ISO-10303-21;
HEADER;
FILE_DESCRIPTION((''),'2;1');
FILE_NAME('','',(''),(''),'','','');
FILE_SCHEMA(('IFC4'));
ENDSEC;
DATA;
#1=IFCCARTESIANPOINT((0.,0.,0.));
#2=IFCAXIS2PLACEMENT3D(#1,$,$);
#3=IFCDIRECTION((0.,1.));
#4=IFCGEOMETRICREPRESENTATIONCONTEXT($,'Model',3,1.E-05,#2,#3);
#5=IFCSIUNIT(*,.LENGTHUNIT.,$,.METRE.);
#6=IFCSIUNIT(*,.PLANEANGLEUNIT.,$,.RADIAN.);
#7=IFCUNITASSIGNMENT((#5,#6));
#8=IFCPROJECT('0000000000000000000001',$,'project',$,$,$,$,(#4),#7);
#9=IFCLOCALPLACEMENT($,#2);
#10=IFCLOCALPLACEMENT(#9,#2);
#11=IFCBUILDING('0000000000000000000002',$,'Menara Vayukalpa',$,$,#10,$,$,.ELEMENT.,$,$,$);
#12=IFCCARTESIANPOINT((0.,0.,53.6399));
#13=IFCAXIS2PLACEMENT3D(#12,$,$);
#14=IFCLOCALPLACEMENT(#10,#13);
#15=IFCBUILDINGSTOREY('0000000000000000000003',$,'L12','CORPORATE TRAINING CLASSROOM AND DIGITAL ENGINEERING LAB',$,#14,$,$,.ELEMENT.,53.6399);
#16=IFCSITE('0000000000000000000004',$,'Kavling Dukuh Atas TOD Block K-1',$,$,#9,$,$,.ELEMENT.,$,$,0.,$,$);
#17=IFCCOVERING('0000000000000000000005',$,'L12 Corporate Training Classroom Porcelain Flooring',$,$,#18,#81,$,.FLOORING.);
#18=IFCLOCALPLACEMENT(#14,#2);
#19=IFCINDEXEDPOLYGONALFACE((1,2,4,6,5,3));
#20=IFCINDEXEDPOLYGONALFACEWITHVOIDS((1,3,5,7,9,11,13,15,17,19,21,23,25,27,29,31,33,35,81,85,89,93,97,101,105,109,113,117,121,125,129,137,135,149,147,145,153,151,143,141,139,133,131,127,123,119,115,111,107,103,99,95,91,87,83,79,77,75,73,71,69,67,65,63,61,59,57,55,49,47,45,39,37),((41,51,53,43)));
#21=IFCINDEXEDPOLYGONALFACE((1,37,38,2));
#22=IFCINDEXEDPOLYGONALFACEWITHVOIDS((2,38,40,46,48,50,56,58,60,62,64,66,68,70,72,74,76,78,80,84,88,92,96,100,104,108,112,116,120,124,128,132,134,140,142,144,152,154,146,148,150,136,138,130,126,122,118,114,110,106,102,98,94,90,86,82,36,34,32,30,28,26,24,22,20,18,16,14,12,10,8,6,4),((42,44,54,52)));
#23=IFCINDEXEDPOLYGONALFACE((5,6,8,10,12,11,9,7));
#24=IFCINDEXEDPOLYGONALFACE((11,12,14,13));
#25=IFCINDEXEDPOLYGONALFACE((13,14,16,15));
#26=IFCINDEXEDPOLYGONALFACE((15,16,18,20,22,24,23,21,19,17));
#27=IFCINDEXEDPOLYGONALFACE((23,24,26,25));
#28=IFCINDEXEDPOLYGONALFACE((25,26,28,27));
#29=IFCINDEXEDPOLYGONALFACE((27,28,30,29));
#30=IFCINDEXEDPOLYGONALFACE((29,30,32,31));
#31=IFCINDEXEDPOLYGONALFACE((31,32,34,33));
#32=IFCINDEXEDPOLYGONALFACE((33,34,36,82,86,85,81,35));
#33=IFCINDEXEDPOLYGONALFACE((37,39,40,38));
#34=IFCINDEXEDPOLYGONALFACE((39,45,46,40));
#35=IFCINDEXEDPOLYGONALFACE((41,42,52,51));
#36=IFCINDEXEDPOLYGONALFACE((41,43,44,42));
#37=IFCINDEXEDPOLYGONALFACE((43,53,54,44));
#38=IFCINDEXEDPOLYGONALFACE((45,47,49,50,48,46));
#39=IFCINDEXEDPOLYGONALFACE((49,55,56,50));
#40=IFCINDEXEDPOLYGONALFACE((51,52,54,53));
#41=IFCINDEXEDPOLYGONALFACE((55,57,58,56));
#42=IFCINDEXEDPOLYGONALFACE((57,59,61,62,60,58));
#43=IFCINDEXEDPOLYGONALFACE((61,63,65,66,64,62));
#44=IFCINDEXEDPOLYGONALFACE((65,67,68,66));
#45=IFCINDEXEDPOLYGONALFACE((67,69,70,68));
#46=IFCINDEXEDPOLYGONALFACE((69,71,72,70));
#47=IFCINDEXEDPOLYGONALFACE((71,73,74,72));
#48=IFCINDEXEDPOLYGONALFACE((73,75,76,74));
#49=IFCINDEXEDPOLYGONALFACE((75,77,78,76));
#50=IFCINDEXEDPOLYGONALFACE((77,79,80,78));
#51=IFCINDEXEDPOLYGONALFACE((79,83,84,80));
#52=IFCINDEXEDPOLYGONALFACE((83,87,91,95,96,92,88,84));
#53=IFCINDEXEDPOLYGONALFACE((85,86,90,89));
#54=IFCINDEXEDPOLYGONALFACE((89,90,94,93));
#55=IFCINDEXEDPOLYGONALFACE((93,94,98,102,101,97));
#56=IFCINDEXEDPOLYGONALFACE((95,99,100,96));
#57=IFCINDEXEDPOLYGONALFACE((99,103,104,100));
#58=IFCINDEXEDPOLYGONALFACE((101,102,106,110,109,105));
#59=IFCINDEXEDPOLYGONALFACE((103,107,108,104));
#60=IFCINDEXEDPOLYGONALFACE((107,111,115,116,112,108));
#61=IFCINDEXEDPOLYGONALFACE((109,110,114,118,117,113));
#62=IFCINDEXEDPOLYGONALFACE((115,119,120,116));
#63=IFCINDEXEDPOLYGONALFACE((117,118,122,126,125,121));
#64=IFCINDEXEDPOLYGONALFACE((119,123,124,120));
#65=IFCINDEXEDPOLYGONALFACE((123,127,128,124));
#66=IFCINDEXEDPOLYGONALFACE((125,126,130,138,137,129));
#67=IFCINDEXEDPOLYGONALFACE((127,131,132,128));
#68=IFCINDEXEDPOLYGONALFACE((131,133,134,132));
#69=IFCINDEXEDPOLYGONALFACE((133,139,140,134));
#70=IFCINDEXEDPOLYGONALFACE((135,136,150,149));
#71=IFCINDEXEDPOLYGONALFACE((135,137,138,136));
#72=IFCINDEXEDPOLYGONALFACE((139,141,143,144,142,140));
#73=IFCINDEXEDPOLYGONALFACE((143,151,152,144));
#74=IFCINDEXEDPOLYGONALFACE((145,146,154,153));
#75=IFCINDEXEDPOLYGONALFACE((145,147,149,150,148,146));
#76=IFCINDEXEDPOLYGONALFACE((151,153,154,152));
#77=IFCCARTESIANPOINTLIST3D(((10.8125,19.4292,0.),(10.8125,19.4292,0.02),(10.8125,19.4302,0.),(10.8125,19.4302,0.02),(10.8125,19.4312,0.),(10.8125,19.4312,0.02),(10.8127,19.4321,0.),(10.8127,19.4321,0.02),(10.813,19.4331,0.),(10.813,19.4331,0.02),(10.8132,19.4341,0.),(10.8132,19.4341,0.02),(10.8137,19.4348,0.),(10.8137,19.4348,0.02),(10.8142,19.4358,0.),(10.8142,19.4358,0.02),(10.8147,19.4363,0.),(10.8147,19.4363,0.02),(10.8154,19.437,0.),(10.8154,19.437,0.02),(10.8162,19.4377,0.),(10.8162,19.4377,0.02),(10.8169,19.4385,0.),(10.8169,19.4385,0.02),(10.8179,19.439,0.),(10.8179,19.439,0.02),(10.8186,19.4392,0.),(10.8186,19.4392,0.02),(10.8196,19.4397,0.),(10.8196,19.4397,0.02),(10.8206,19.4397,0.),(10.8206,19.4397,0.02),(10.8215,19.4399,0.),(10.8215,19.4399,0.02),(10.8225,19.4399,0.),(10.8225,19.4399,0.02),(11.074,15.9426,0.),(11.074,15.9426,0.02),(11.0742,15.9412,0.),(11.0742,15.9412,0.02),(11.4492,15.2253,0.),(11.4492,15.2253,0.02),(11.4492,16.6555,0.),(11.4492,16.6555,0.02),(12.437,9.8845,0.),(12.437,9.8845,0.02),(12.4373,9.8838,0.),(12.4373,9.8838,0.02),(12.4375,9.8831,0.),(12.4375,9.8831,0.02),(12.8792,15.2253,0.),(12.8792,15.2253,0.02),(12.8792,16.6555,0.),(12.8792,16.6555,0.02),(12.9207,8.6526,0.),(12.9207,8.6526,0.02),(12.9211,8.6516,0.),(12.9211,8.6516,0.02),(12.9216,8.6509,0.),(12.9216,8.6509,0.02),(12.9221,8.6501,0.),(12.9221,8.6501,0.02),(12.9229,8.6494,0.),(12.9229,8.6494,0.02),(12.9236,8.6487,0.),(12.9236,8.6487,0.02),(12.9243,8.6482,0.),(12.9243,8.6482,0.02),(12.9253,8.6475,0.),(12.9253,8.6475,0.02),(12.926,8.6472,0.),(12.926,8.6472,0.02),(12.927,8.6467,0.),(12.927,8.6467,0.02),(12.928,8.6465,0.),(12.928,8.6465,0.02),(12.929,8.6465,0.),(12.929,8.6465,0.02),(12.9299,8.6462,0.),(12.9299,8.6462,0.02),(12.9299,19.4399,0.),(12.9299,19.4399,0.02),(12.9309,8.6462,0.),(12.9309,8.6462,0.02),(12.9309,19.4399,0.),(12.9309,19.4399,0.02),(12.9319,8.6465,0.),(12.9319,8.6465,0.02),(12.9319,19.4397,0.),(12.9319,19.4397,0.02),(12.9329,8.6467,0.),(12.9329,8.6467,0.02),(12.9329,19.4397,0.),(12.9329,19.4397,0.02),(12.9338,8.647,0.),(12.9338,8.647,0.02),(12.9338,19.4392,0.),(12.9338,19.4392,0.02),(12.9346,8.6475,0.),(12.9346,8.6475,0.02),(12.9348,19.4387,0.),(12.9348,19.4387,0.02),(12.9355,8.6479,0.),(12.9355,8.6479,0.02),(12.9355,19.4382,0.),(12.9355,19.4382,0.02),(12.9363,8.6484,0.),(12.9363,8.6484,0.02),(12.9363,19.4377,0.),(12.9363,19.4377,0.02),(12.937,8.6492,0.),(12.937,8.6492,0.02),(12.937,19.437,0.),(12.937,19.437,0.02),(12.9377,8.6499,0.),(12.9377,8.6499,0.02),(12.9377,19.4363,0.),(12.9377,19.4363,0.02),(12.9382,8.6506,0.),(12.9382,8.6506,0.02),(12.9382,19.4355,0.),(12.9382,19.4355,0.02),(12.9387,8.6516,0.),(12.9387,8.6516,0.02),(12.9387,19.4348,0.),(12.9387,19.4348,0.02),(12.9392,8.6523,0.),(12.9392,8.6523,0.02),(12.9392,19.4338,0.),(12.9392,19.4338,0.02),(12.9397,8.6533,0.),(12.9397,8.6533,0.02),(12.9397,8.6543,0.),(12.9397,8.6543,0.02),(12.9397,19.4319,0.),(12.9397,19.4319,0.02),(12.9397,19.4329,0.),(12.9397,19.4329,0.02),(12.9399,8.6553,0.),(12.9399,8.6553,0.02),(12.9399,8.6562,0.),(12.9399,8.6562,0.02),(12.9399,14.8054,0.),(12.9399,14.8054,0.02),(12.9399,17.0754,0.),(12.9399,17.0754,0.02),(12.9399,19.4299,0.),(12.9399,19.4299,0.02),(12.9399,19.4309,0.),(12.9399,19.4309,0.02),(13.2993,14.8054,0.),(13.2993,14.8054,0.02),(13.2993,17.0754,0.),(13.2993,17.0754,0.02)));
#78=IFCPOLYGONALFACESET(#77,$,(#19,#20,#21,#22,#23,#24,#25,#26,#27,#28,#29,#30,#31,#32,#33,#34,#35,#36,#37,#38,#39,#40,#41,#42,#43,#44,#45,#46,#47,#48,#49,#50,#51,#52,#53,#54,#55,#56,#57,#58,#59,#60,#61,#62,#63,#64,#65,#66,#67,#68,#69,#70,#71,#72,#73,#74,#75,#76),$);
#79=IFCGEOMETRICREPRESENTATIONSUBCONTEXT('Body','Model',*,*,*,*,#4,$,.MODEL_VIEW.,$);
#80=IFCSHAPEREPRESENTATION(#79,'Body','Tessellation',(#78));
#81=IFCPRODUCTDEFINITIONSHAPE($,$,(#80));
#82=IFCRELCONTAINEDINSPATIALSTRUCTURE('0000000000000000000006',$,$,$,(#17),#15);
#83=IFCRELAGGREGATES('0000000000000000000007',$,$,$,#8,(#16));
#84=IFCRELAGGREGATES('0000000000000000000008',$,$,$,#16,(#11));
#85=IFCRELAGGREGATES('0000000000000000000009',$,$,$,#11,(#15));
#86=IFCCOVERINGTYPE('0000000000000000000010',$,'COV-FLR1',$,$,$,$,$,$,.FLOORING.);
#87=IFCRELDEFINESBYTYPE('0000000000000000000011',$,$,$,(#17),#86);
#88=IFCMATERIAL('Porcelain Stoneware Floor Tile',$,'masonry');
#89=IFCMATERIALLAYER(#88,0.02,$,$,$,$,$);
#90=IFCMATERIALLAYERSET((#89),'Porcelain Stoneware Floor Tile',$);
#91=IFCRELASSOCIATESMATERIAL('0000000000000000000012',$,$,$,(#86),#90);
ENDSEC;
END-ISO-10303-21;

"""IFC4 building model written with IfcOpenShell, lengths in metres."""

from ifc_helpers import new_model, si_unit, direction, frame, origin, place, context, subcontext, project, spatial, polyline, outline, extrude, material, layer, layer_set, type_object, element, save


model = new_model("IFC4")

# Units and contexts
model_context = context("Model", 3, precision=1e-05, world=origin(), true_north=direction((0.0, 1.0)))
body_context = subcontext(model_context, "Body", "Model", "MODEL_VIEW")
ifc_project = project(units=[si_unit("LENGTHUNIT", "METRE"), si_unit("PLANEANGLEUNIT", "RADIAN")], contexts=[model_context])

# Site, building, storey
site_placement = place(None, origin())
site = spatial("IfcSite", under=ifc_project, at=site_placement, Name="Kavling Dukuh Atas TOD Block K-1", CompositionType="ELEMENT", RefElevation=0.0)
building_placement = place(site_placement, origin())
building = spatial("IfcBuilding", under=site, at=building_placement, Name="Menara Vayukalpa", CompositionType="ELEMENT")
storey_placement = place(building_placement, frame((0.0, 0.0, 53.6399)))
storey = spatial("IfcBuildingStorey", under=building, at=storey_placement, Name="L12", Description="CORPORATE TRAINING CLASSROOM AND DIGITAL ENGINEERING LAB", CompositionType="ELEMENT", Elevation=53.6399)

# Covering
ifc_material_1 = material(Name="Porcelain Stoneware Floor Tile", Category="masonry")
ifc_layer_1 = layer(ifc_material_1, 0.02)
ifc_layer_set_1 = layer_set([ifc_layer_1], Name="Porcelain Stoneware Floor Tile")
covering_type_1 = type_object("IfcCoveringType", Name="COV-FLR1", PredefinedType="FLOORING", material=ifc_layer_set_1)
covering_1_placement = place(storey_placement, origin())
element("IfcCovering", 1, at=covering_1_placement, inside=storey, type_object=covering_type_1, Name="L12 Corporate Training Classroom Porcelain Flooring", PredefinedType="FLOORING", context=body_context, shape_type="SweptSolid", body=[
    extrude(outline(polyline([(12.437, 9.8845), (11.0742, 15.9412), (11.074, 15.9426), (10.8125, 19.4292), (10.8125, 19.4302), (10.8125, 19.4312), (10.8127, 19.4321), (10.813, 19.4331), (10.8132, 19.4341), (10.8137, 19.4348), (10.8142, 19.4358), (10.8147, 19.4363), (10.8154, 19.437), (10.8162, 19.4377), (10.8169, 19.4385), (10.8179, 19.439), (10.8186, 19.4392), (10.8196, 19.4397), (10.8206, 19.4397), (10.8215, 19.4399), (10.8225, 19.4399), (12.9299, 19.4399), (12.9309, 19.4399), (12.9319, 19.4397), (12.9329, 19.4397), (12.9338, 19.4392), (12.9348, 19.4387), (12.9355, 19.4382), (12.9363, 19.4377), (12.937, 19.437), (12.9377, 19.4363), (12.9382, 19.4355), (12.9387, 19.4348), (12.9392, 19.4338), (12.9397, 19.4329), (12.9397, 19.4319), (12.9399, 19.4309), (12.9399, 19.4299), (12.9399, 17.0754), (13.2993, 17.0754), (13.2993, 14.8054), (12.9399, 14.8054), (12.9399, 8.6562), (12.9399, 8.6553), (12.9397, 8.6543), (12.9397, 8.6533), (12.9392, 8.6523), (12.9387, 8.6516), (12.9382, 8.6506), (12.9377, 8.6499), (12.937, 8.6492), (12.9363, 8.6484), (12.9355, 8.6479), (12.9346, 8.6475), (12.9338, 8.647), (12.9329, 8.6467), (12.9319, 8.6465), (12.9309, 8.6462), (12.9299, 8.6462), (12.929, 8.6465), (12.928, 8.6465), (12.927, 8.6467), (12.926, 8.6472), (12.9253, 8.6475), (12.9243, 8.6482), (12.9236, 8.6487), (12.9229, 8.6494), (12.9221, 8.6501), (12.9216, 8.6509), (12.9211, 8.6516), (12.9207, 8.6526), (12.4375, 9.8831), (12.4373, 9.8838), (12.437, 9.8845)]), holes=[polyline([(12.8792, 16.6555), (11.4492, 16.6555), (11.4492, 15.2253), (12.8792, 15.2253), (12.8792, 16.6555)])]), origin(), (0.0, 0.0, 1.0), 0.02),
])

save(model, "model.ifc")
